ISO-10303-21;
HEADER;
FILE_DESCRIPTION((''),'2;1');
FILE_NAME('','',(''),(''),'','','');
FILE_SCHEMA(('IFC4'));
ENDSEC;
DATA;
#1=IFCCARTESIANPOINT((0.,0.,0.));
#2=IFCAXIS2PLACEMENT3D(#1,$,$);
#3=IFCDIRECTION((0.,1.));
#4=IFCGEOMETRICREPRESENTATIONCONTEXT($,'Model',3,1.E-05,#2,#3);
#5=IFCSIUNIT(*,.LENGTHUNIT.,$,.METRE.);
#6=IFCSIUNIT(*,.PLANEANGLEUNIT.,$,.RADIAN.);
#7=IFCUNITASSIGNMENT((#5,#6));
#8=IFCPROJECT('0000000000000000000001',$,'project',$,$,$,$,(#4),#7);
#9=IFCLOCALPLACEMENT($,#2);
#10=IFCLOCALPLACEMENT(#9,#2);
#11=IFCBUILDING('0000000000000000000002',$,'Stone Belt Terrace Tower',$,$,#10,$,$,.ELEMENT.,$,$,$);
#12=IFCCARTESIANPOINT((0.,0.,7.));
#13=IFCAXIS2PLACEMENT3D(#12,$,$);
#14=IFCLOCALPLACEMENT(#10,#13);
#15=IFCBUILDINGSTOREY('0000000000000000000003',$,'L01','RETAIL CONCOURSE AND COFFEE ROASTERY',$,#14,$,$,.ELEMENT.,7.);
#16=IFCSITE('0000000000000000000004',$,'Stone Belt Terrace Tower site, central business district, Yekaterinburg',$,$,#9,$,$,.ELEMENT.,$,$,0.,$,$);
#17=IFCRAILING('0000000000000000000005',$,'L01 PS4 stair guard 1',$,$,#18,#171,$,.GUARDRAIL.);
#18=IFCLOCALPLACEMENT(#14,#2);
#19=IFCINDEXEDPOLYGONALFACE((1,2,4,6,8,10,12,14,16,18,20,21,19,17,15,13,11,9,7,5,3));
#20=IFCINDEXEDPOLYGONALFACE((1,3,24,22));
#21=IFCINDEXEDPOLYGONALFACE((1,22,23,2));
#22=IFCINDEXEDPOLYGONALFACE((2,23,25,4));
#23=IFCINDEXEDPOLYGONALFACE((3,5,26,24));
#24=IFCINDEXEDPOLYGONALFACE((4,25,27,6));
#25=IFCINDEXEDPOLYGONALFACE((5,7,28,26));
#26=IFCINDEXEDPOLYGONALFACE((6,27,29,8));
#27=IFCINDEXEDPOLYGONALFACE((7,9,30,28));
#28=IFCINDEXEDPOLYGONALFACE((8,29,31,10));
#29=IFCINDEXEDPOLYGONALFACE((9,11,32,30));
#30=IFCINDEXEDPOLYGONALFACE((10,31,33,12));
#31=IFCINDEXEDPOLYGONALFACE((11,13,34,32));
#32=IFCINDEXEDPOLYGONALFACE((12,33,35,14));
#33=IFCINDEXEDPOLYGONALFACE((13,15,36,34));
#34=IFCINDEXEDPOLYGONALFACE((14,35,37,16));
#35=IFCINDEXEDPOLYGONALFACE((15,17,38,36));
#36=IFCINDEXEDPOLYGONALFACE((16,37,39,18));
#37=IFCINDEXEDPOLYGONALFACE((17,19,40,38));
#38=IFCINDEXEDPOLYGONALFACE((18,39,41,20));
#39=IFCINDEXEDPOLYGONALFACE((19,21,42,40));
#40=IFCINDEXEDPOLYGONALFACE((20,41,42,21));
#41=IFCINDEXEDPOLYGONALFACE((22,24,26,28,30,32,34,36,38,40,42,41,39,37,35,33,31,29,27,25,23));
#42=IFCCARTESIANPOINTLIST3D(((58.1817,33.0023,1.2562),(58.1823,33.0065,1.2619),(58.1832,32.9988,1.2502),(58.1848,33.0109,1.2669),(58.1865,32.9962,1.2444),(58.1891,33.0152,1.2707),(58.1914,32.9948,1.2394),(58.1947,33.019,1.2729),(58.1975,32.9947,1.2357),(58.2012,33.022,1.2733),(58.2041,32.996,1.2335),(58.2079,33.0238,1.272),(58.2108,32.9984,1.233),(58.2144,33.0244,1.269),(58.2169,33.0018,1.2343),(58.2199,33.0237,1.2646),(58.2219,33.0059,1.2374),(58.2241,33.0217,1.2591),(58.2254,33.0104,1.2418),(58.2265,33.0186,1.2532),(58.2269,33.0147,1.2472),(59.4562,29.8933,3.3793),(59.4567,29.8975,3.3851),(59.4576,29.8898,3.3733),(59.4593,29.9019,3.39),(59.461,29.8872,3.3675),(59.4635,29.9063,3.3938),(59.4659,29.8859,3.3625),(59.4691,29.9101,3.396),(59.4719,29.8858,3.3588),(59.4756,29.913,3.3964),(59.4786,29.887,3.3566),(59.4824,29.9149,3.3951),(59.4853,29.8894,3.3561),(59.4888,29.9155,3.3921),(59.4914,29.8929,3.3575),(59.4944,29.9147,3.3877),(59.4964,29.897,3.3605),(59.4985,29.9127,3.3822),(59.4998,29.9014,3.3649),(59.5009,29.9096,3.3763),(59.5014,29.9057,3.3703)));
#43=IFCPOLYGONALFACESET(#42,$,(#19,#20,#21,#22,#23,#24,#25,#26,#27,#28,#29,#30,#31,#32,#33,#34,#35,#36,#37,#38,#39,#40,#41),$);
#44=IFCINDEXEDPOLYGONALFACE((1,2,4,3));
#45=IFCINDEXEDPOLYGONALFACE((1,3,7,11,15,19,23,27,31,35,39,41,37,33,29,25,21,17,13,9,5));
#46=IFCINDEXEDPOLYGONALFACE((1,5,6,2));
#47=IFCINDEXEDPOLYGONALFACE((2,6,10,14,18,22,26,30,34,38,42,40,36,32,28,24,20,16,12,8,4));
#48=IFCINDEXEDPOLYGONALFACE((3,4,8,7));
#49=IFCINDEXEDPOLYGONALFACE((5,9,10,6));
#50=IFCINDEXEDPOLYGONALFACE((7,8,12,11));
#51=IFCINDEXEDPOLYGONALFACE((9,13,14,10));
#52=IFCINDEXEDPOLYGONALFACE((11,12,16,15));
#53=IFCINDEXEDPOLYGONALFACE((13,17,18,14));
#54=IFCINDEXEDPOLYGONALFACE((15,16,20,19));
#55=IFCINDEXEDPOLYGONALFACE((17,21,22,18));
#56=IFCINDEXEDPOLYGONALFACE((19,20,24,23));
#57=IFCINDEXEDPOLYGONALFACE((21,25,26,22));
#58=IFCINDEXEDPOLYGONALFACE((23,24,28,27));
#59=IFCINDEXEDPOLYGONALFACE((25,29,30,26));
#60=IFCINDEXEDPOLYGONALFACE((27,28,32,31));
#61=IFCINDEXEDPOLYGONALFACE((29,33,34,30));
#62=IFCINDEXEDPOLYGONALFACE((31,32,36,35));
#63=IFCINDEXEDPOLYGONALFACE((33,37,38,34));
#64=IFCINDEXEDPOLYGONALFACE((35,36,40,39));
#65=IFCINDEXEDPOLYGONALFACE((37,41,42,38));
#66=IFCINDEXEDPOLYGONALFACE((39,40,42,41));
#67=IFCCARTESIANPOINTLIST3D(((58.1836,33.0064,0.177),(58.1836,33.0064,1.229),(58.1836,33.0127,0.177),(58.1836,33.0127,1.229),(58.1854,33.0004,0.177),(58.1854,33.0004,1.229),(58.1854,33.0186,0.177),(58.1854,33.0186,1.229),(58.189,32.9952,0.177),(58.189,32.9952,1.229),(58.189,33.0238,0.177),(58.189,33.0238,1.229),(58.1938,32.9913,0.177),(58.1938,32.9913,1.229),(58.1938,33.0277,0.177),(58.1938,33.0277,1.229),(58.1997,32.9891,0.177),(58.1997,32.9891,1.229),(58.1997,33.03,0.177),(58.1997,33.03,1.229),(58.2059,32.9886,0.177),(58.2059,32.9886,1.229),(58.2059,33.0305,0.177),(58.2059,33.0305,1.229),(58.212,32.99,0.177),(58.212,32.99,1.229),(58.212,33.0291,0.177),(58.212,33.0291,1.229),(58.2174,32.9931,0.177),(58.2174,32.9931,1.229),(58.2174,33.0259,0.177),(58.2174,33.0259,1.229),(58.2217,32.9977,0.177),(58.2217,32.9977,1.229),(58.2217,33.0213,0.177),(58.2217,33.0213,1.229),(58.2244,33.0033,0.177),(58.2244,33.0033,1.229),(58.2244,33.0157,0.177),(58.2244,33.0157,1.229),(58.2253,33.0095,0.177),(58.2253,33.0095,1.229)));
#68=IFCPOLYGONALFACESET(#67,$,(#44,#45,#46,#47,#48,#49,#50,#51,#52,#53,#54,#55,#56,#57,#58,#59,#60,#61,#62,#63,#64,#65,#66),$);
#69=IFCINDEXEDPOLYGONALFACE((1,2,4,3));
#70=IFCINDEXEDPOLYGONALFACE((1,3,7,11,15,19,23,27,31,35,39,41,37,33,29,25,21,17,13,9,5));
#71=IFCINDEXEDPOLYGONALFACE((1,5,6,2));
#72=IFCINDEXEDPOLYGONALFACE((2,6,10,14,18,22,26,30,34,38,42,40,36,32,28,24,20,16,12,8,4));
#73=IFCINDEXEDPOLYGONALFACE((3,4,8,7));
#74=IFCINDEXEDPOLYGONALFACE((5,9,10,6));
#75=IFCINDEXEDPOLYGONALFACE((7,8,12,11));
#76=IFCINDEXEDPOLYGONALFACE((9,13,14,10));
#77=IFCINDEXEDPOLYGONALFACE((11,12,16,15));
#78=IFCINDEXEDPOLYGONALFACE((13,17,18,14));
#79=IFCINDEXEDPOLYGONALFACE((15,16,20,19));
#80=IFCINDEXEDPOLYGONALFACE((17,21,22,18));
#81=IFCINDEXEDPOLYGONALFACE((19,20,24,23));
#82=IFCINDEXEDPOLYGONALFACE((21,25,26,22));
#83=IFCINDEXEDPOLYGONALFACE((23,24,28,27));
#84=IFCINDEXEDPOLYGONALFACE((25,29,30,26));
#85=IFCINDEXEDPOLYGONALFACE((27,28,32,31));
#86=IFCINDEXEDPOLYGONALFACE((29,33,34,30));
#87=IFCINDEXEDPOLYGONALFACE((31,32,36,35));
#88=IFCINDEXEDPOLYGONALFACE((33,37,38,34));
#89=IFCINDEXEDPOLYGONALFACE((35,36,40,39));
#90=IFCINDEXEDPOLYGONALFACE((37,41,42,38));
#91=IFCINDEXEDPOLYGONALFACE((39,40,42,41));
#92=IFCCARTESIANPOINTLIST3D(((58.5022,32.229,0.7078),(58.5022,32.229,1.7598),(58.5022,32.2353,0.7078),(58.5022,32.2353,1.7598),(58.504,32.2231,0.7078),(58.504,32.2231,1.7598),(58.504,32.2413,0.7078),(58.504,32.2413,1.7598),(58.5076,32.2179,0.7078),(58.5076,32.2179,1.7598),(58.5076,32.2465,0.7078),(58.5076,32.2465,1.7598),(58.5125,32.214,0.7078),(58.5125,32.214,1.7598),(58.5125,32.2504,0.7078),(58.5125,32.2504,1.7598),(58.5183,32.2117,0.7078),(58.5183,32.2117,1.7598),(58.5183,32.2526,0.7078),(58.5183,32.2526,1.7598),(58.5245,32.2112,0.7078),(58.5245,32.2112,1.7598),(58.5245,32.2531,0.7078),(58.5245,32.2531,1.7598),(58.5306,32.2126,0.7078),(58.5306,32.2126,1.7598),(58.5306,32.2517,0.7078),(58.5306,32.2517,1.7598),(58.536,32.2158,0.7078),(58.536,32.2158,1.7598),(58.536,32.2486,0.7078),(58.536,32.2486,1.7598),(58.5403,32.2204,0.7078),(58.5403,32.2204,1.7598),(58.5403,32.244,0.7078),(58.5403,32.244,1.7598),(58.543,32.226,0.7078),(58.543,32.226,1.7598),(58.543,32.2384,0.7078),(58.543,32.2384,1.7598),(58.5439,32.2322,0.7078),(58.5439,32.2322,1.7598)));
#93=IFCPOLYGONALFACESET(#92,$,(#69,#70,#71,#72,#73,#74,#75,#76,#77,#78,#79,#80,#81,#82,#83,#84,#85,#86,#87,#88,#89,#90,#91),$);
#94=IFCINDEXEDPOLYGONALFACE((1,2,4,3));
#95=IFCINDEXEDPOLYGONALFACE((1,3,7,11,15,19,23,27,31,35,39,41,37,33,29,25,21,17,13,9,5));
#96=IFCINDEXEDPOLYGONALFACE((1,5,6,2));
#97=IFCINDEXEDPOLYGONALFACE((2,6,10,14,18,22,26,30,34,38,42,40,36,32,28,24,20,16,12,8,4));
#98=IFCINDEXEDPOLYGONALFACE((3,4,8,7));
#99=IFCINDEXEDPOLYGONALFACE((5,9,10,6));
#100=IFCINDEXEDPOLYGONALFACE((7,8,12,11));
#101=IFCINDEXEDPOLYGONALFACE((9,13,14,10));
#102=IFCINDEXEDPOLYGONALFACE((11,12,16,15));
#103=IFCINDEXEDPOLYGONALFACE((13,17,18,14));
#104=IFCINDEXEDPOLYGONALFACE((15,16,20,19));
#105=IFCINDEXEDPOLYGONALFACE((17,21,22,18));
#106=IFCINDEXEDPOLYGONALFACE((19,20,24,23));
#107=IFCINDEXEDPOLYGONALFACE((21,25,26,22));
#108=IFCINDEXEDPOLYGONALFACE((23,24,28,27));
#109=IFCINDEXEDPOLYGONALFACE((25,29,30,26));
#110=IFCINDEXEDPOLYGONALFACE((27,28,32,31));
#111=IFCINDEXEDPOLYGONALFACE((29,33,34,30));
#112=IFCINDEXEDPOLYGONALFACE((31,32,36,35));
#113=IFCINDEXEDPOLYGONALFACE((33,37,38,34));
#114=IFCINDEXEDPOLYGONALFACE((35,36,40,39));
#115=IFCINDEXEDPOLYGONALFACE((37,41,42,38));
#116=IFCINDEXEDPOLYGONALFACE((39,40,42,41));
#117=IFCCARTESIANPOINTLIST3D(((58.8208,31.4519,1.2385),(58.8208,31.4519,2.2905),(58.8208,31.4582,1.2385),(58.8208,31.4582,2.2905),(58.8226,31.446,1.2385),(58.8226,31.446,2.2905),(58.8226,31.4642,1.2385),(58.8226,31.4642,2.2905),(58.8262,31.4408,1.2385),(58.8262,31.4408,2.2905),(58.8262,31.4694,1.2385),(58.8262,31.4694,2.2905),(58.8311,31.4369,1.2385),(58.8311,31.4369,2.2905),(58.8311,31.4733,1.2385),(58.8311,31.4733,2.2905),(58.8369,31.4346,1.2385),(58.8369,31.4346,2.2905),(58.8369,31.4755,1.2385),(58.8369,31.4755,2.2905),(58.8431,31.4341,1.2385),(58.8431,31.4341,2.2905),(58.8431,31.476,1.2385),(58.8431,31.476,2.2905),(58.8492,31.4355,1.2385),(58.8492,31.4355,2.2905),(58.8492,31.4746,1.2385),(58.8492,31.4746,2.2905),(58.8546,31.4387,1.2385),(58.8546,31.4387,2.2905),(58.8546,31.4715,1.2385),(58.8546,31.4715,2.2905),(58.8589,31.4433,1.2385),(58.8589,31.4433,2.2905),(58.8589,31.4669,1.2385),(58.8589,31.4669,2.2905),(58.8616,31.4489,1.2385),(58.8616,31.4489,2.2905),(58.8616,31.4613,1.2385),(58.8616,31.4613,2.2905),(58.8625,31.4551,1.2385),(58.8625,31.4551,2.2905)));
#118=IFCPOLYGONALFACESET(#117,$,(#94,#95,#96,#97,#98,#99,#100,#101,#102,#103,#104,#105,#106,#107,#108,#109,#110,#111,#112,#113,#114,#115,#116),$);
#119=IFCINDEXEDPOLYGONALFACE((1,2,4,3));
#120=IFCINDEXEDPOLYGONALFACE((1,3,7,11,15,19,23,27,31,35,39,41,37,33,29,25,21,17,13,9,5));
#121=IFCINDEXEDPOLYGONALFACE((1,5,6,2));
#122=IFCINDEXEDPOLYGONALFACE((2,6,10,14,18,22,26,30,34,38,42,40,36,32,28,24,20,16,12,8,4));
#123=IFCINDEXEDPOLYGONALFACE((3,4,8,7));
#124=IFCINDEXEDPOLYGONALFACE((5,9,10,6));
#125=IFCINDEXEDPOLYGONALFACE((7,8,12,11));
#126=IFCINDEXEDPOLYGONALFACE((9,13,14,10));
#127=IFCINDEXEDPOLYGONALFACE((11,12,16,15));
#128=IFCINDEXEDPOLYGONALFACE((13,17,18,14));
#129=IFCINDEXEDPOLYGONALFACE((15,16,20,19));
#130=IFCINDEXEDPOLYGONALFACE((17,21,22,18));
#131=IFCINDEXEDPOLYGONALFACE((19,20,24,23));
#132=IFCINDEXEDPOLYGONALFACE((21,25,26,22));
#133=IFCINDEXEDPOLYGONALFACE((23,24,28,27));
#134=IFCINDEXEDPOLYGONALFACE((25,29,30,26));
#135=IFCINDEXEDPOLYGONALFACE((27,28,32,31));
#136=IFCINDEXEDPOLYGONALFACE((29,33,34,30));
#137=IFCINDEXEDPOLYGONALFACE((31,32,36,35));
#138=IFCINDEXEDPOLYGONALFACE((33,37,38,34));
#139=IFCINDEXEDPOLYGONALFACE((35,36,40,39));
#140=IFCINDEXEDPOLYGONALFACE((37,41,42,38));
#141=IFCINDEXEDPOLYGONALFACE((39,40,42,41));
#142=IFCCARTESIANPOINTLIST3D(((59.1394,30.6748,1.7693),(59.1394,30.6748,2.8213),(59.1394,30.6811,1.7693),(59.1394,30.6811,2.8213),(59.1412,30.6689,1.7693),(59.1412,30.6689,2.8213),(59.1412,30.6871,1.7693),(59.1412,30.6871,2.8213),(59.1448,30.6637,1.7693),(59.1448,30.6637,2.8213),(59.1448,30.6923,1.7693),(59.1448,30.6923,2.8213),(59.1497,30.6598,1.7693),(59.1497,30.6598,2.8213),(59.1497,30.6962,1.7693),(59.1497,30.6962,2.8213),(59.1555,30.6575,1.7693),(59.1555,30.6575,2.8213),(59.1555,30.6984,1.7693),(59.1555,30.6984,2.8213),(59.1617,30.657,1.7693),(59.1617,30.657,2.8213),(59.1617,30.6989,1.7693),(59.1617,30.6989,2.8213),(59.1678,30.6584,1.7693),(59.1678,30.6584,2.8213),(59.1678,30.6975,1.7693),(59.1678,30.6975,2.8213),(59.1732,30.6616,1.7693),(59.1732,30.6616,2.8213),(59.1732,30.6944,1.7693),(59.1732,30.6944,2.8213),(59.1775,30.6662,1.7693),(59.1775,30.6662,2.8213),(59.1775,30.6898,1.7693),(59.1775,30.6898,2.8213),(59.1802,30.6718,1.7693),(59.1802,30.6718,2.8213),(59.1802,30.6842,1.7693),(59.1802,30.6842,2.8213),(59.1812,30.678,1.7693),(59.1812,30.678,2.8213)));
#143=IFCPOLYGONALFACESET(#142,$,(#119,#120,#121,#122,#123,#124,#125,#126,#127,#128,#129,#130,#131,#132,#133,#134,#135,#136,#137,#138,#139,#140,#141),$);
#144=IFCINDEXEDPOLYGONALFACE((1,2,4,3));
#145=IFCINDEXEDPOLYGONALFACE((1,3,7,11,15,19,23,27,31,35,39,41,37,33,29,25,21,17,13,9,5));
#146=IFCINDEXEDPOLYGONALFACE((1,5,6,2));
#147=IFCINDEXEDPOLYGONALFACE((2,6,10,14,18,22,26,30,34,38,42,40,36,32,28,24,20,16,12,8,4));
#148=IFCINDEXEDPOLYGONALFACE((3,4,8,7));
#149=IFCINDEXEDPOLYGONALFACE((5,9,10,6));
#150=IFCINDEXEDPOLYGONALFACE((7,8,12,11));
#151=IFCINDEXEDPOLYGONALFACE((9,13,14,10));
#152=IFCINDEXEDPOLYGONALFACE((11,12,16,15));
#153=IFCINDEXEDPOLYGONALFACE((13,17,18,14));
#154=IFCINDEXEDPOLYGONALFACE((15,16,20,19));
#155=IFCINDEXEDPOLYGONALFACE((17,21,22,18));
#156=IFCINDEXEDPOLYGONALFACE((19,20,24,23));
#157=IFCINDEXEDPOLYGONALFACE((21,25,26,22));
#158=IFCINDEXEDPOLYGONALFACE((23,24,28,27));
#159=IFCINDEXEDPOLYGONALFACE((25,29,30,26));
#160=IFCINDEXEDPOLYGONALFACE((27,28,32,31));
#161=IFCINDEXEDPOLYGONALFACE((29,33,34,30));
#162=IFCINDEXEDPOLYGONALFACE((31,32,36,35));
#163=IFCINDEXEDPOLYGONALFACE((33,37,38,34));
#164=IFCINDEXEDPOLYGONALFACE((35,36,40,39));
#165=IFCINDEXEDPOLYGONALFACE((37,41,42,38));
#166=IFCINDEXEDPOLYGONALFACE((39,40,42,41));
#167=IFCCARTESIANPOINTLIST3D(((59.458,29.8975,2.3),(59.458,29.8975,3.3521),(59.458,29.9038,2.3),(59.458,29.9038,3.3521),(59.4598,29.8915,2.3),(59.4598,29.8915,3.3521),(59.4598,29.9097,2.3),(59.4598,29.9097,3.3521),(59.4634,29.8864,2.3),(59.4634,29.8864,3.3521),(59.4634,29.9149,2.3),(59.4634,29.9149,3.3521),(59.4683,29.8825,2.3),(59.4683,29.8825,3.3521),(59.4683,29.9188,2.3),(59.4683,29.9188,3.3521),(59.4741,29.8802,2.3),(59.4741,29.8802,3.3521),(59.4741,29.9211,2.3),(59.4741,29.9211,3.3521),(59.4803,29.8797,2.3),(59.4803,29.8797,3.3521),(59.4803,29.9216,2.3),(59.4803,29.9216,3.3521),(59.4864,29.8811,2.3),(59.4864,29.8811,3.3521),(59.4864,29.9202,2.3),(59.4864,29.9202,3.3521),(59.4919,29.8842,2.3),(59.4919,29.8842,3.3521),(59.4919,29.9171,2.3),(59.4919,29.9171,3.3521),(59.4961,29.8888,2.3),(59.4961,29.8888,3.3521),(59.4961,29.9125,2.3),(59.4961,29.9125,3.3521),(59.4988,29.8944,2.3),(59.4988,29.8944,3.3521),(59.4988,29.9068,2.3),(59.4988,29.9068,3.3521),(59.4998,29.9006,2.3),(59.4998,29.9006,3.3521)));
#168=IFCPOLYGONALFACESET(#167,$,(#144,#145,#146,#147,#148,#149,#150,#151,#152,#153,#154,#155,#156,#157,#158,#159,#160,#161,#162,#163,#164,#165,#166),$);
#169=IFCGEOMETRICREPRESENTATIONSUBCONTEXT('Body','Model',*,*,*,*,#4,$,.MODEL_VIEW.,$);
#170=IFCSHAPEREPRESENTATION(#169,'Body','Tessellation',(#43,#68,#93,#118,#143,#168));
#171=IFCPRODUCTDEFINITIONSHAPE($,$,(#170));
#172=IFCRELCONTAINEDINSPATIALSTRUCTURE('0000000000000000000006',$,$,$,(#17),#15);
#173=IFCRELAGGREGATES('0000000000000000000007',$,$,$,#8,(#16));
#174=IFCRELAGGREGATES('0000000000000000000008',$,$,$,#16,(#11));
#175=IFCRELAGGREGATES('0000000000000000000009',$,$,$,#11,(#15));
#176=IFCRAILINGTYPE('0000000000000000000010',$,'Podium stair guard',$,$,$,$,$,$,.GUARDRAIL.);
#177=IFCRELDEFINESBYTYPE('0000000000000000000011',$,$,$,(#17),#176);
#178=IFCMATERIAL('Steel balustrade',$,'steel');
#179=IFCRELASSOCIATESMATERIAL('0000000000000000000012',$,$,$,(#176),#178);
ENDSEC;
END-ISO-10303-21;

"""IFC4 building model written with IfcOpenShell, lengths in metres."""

from ifc_helpers import new_model, si_unit, direction, frame, origin, origin_2d, place, context, subcontext, project, spatial, circle, extrude, material, type_object, element, save


model = new_model("IFC4")

# Units and contexts
model_context = context("Model", 3, precision=1e-05, world=origin(), true_north=direction((0.0, 1.0)))
body_context = subcontext(model_context, "Body", "Model", "MODEL_VIEW")
ifc_project = project(units=[si_unit("LENGTHUNIT", "METRE"), si_unit("PLANEANGLEUNIT", "RADIAN")], contexts=[model_context])

# Site, building, storey
site_placement = place(None, origin())
site = spatial("IfcSite", under=ifc_project, at=site_placement, Name="Stone Belt Terrace Tower site, central business district, Yekaterinburg", CompositionType="ELEMENT", RefElevation=0.0)
building_placement = place(site_placement, origin())
building = spatial("IfcBuilding", under=site, at=building_placement, Name="Stone Belt Terrace Tower", CompositionType="ELEMENT")
storey_placement = place(building_placement, frame((0.0, 0.0, 7.0)))
storey = spatial("IfcBuildingStorey", under=building, at=storey_placement, Name="L01", Description="RETAIL CONCOURSE AND COFFEE ROASTERY", CompositionType="ELEMENT", Elevation=7.0)

# Railing
ifc_material_1 = material(Name="Steel balustrade", Category="steel")
railing_type = type_object("IfcRailingType", Name="Podium stair guard", PredefinedType="GUARDRAIL", material=ifc_material_1)
railing_1_placement = place(storey_placement, frame((58.2043, 33.0095, 0.177)))
element("IfcRailing", 1, at=railing_1_placement, inside=storey, type_object=railing_type, Name="L01 PS4 stair guard 1", PredefinedType="GUARDRAIL", context=body_context, shape_type="SweptSolid", body=[
    extrude(circle(Radius=0.0239, at=origin_2d()), frame((0.0, 0.0, 1.0762), z_axis=(0.320648, -0.782209, 0.534167), x_axis=(0.925276, 0.379295, 0.0)), (0.0, 0.0, 1.0), 3.9746),
    extrude(circle(Radius=0.021, at=origin_2d()), origin(), (0.0, 0.0, 1.0), 1.052),
    extrude(circle(Radius=0.021, at=origin_2d()), frame((0.3186, -0.7773, 0.5308)), (0.0, 0.0, 1.0), 1.052),
    extrude(circle(Radius=0.021, at=origin_2d()), frame((0.6372, -1.5544, 1.0615)), (0.0, 0.0, 1.0), 1.052),
    extrude(circle(Radius=0.021, at=origin_2d()), frame((0.9558, -2.3315, 1.5923)), (0.0, 0.0, 1.0), 1.052),
    extrude(circle(Radius=0.021, at=origin_2d()), frame((1.2744, -3.1089, 2.123)), (0.0, 0.0, 1.0), 1.052),
])

save(model, "model.ifc")
